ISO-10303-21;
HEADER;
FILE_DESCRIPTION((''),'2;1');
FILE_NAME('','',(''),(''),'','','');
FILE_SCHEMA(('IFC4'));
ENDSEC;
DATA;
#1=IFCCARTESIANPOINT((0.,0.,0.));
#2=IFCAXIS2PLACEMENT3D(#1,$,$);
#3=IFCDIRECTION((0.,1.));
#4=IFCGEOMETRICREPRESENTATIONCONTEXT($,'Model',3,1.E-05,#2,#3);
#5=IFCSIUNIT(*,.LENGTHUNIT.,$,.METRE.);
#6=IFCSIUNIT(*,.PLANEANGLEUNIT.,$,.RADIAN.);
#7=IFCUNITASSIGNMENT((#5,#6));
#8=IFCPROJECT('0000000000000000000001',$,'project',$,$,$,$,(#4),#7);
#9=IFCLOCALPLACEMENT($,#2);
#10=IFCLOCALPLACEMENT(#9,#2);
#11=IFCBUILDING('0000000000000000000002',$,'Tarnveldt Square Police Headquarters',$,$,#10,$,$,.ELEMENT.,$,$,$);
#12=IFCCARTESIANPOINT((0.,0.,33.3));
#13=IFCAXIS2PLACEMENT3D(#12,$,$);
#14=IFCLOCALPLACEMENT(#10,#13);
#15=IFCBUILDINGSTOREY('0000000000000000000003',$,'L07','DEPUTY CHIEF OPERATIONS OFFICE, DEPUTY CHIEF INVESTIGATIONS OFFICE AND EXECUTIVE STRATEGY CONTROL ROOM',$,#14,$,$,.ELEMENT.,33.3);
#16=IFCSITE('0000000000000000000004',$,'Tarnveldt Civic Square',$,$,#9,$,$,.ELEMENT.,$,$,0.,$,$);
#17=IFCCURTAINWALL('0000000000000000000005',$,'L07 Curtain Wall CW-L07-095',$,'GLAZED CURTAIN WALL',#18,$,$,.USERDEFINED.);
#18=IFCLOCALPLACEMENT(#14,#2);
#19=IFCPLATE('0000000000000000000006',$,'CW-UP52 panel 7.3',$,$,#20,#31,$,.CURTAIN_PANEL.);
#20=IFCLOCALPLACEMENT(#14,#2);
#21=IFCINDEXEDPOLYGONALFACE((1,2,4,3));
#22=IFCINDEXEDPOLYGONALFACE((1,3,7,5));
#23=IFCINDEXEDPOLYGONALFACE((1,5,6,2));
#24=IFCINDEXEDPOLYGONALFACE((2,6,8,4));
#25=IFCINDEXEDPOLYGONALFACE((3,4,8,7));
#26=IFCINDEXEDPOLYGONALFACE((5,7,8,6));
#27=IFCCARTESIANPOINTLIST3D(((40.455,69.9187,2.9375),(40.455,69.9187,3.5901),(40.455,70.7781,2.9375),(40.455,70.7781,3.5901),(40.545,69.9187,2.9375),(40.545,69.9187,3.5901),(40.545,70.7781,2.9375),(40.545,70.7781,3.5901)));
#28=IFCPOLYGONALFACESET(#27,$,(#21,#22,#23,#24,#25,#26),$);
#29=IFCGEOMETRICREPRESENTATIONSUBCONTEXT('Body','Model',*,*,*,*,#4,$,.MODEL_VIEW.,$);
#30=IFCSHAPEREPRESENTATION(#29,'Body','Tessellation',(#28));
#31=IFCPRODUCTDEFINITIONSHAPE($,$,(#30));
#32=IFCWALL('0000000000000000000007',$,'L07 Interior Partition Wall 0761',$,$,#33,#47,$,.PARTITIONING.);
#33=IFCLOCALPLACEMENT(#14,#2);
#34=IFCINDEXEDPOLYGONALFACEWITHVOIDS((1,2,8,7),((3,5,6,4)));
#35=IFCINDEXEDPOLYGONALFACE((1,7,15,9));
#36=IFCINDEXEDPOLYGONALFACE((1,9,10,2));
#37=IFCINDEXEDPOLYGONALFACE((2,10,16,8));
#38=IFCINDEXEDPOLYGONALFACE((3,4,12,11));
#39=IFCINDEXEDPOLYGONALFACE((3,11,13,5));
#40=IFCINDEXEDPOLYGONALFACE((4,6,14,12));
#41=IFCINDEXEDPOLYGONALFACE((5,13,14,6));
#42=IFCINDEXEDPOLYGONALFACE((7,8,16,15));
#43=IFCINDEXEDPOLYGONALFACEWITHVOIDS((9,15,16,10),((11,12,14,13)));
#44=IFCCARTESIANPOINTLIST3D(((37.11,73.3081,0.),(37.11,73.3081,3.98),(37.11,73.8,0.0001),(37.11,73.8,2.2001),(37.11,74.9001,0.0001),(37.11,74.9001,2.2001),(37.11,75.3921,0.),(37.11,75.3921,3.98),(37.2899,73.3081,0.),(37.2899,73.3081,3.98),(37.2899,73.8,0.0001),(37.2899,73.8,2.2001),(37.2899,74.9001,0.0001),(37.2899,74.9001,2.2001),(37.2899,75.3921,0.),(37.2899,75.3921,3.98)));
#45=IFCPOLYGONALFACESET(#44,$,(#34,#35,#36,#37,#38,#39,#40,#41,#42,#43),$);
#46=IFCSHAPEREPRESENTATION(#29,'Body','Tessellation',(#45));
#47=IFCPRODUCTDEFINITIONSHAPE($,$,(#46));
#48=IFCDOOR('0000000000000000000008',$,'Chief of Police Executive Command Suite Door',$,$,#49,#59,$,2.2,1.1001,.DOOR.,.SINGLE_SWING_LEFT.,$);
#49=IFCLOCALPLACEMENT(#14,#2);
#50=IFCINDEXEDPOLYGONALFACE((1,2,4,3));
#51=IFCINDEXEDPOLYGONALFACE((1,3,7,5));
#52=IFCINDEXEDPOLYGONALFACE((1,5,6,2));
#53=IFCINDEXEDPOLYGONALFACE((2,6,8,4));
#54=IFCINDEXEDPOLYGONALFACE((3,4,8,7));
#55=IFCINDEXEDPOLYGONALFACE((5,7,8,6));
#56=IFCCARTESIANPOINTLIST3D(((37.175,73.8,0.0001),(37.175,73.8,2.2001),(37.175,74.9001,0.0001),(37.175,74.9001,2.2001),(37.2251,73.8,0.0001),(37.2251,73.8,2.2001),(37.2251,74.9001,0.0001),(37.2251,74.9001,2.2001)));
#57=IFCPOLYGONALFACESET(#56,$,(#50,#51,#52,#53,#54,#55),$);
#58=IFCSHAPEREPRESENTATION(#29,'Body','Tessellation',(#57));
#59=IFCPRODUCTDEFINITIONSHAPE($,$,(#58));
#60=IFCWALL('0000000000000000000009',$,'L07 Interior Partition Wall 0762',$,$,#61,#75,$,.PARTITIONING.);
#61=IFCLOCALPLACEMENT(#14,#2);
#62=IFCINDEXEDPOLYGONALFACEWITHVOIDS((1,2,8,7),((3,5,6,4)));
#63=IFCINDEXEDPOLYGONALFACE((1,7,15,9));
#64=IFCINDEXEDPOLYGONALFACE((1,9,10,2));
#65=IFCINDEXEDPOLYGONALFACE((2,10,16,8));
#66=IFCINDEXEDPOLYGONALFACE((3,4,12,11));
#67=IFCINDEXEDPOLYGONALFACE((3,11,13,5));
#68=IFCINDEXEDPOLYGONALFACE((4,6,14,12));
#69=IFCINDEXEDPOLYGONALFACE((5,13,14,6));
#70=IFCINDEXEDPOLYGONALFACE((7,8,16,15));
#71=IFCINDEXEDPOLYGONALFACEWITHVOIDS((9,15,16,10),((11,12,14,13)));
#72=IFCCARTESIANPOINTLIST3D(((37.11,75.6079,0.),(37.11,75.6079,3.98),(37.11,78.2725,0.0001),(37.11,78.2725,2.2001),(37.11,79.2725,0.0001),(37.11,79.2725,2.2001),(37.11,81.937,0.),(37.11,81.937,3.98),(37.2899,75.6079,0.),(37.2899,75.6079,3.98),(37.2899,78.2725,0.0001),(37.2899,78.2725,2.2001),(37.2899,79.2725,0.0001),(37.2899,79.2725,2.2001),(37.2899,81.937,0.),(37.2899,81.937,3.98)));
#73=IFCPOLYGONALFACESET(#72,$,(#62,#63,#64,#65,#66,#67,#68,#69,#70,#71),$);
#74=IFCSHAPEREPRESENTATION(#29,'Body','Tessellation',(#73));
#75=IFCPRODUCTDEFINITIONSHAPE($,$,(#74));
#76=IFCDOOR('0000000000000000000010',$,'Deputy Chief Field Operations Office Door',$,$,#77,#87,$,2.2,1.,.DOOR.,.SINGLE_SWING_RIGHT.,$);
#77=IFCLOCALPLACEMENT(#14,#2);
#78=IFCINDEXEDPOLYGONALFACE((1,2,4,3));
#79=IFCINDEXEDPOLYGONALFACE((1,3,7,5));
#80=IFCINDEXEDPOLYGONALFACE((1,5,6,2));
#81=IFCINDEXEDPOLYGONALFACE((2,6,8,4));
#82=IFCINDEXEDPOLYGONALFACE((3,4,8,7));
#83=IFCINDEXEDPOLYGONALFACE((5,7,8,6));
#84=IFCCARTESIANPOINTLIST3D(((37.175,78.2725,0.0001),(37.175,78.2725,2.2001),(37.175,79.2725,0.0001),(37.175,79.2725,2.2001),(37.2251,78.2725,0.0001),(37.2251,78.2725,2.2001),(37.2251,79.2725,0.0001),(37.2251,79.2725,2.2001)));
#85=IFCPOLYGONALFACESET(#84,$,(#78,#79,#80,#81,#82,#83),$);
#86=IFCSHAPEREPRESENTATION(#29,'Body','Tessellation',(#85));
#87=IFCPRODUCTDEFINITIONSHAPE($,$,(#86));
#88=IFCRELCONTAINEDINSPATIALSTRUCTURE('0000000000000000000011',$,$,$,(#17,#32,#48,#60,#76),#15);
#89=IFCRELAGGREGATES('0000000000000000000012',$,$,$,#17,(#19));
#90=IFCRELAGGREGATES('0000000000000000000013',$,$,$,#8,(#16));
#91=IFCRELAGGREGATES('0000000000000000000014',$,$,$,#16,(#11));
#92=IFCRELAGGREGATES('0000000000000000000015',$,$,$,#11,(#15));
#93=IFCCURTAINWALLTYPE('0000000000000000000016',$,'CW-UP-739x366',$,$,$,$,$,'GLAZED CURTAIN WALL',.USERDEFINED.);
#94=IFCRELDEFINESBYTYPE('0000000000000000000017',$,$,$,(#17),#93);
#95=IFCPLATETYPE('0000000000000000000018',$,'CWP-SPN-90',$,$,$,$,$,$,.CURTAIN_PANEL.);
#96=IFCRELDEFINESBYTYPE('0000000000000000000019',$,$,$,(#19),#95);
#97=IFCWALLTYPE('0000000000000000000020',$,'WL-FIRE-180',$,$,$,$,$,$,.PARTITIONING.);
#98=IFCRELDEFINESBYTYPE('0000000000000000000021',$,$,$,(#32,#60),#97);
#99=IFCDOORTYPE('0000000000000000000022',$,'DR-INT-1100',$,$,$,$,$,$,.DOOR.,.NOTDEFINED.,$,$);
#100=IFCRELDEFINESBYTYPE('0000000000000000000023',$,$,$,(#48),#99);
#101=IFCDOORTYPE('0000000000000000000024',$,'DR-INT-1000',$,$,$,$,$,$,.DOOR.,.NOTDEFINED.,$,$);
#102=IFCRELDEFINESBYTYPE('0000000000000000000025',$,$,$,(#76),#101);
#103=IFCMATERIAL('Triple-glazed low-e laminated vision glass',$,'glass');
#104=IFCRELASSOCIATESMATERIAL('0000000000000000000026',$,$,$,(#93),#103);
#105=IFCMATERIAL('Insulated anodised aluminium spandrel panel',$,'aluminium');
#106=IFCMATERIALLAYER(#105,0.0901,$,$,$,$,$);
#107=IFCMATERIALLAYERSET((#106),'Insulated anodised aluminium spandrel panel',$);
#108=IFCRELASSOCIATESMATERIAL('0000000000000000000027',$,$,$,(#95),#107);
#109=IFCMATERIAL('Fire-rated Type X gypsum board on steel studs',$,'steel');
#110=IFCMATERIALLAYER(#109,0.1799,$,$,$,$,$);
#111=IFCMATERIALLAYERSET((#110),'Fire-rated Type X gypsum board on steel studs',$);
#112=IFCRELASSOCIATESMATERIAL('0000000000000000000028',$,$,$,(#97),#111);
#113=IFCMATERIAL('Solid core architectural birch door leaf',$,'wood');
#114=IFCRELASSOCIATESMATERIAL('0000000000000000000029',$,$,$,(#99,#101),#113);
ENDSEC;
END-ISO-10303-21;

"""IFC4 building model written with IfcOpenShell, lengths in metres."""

from ifc_helpers import new_model, si_unit, direction, frame, frame_2d, origin, origin_2d, place, context, subcontext, project, spatial, rectangle, extrude, material, layer, layer_set, type_object, element, fill, aggregate, save


model = new_model("IFC4")

# Units and contexts
model_context = context("Model", 3, precision=1e-05, world=origin(), true_north=direction((0.0, 1.0)))
body_context = subcontext(model_context, "Body", "Model", "MODEL_VIEW")
ifc_project = project(units=[si_unit("LENGTHUNIT", "METRE"), si_unit("PLANEANGLEUNIT", "RADIAN")], contexts=[model_context])

# Site, building, storey
site_placement = place(None, origin())
site = spatial("IfcSite", under=ifc_project, at=site_placement, Name="Tarnveldt Civic Square", CompositionType="ELEMENT", RefElevation=0.0)
building_placement = place(site_placement, origin())
building = spatial("IfcBuilding", under=site, at=building_placement, Name="Tarnveldt Square Police Headquarters", CompositionType="ELEMENT")
storey_placement = place(building_placement, frame((0.0, 0.0, 33.3)))
storey = spatial("IfcBuildingStorey", under=building, at=storey_placement, Name="L07", Description="DEPUTY CHIEF OPERATIONS OFFICE, DEPUTY CHIEF INVESTIGATIONS OFFICE AND EXECUTIVE STRATEGY CONTROL ROOM", CompositionType="ELEMENT", Elevation=33.3)

# Curtain wall
ifc_material_1 = material(Name="Triple-glazed low-e laminated vision glass", Category="glass")
curtain_wall_type = type_object("IfcCurtainWallType", Name="CW-UP-739x366", ElementType="GLAZED CURTAIN WALL", PredefinedType="USERDEFINED", material=ifc_material_1)
curtain_wall_placement = place(storey_placement, origin())
curtain_wall = element("IfcCurtainWall", 1, at=curtain_wall_placement, inside=storey, type_object=curtain_wall_type, Name="L07 Curtain Wall CW-L07-095", ObjectType="GLAZED CURTAIN WALL", PredefinedType="USERDEFINED")

# Plate
ifc_material_2 = material(Name="Insulated anodised aluminium spandrel panel", Category="aluminium")
ifc_layer_1 = layer(ifc_material_2, 0.0901)
ifc_layer_set_1 = layer_set([ifc_layer_1], Name="Insulated anodised aluminium spandrel panel")
plate_type = type_object("IfcPlateType", Name="CWP-SPN-90", PredefinedType="CURTAIN_PANEL", material=ifc_layer_set_1)
plate_1_placement = place(storey_placement, frame((40.5, 70.3484, 2.9375), z_axis=(0.0, 0.0, 1.0), x_axis=(0.0, 1.0, 0.0)))
plate_1 = element("IfcPlate", 2, at=plate_1_placement, type_object=plate_type, Name="CW-UP52 panel 7.3", PredefinedType="CURTAIN_PANEL", context=body_context, shape_type="SweptSolid", body=[
    extrude(rectangle(XDim=0.8594, YDim=0.0901, at=origin_2d()), origin(), (0.0, 0.0, 1.0), 0.6526),
])
aggregate(curtain_wall, [plate_1])

# Walls, openings, doors
ifc_material_3 = material(Name="Fire-rated Type X gypsum board on steel studs", Category="steel")
ifc_layer_2 = layer(ifc_material_3, 0.1799)
ifc_layer_set_2 = layer_set([ifc_layer_2], Name="Fire-rated Type X gypsum board on steel studs")
wall_type = type_object("IfcWallType", Name="WL-FIRE-180", PredefinedType="PARTITIONING", material=ifc_layer_set_2)
wall_1_placement = place(storey_placement, frame((37.2, 73.3081, 0.0), z_axis=(0.0, 0.0, 1.0), x_axis=(0.0, 1.0, 0.0)))
wall_1 = element("IfcWall", 3, at=wall_1_placement, inside=storey, type_object=wall_type, Name="L07 Interior Partition Wall 0761", PredefinedType="PARTITIONING", context=body_context, shape_type="SweptSolid", body=[
    extrude(rectangle(XDim=2.084, YDim=0.1799, at=frame_2d((1.042, 0.0))), origin(), (0.0, 0.0, 1.0), 3.98),
])
opening_1_placement = place(wall_1_placement, frame((0.4919, 0.0, 0.0)))
opening_1 = element("IfcOpeningElement", 4, at=opening_1_placement, cuts=wall_1, PredefinedType="OPENING", context=body_context, shape_type="SweptSolid", body=[
    extrude(rectangle(XDim=1.1001, YDim=2.2, at=frame_2d((0.55, 1.1001))), frame((0.0, 0.0999, 0.0), z_axis=(0.0, -1.0, 0.0), x_axis=(1.0, 0.0, 0.0)), (0.0, 0.0, 1.0), 0.2),
])
ifc_material_4 = material(Name="Solid core architectural birch door leaf", Category="wood")
door_type_1 = type_object("IfcDoorType", Name="DR-INT-1100", OperationType="NOTDEFINED", PredefinedType="DOOR", material=ifc_material_4)
door_1_placement = place(opening_1_placement, origin())
door_1 = element("IfcDoor", 5, at=door_1_placement, inside=storey, type_object=door_type_1, Name="Chief of Police Executive Command Suite Door", OperationType="SINGLE_SWING_LEFT", OverallHeight=2.2, OverallWidth=1.1001, PredefinedType="DOOR", context=body_context, shape_type="SweptSolid", body=[
    extrude(rectangle(XDim=1.1001, YDim=2.2, at=frame_2d((0.55, 1.1001))), frame((0.0, 0.0249, 0.0), z_axis=(0.0, -1.0, 0.0), x_axis=(1.0, 0.0, 0.0)), (0.0, 0.0, 1.0), 0.05),
])
fill(opening_1, door_1)
wall_2_placement = place(storey_placement, frame((37.2, 75.6079, 0.0), z_axis=(0.0, 0.0, 1.0), x_axis=(0.0, 1.0, 0.0)))
wall_2 = element("IfcWall", 6, at=wall_2_placement, inside=storey, type_object=wall_type, Name="L07 Interior Partition Wall 0762", PredefinedType="PARTITIONING", context=body_context, shape_type="SweptSolid", body=[
    extrude(rectangle(XDim=6.3291, YDim=0.1799, at=frame_2d((3.1646, 0.0))), origin(), (0.0, 0.0, 1.0), 3.98),
])
opening_2_placement = place(wall_2_placement, frame((2.6646, 0.0, 0.0)))
opening_2 = element("IfcOpeningElement", 7, at=opening_2_placement, cuts=wall_2, PredefinedType="OPENING", context=body_context, shape_type="SweptSolid", body=[
    extrude(rectangle(XDim=1.0, YDim=2.2, at=frame_2d((0.5, 1.1001))), frame((0.0, 0.0999, 0.0), z_axis=(0.0, -1.0, 0.0), x_axis=(1.0, 0.0, 0.0)), (0.0, 0.0, 1.0), 0.2),
])
door_type_2 = type_object("IfcDoorType", Name="DR-INT-1000", OperationType="NOTDEFINED", PredefinedType="DOOR", material=ifc_material_4)
door_2_placement = place(opening_2_placement, origin())
door_2 = element("IfcDoor", 8, at=door_2_placement, inside=storey, type_object=door_type_2, Name="Deputy Chief Field Operations Office Door", OperationType="SINGLE_SWING_RIGHT", OverallHeight=2.2, OverallWidth=1.0, PredefinedType="DOOR", context=body_context, shape_type="SweptSolid", body=[
    extrude(rectangle(XDim=1.0, YDim=2.2, at=frame_2d((0.5, 1.1001))), frame((0.0, 0.0249, 0.0), z_axis=(0.0, -1.0, 0.0), x_axis=(1.0, 0.0, 0.0)), (0.0, 0.0, 1.0), 0.05),
])
fill(opening_2, door_2)

save(model, "model.ifc")
